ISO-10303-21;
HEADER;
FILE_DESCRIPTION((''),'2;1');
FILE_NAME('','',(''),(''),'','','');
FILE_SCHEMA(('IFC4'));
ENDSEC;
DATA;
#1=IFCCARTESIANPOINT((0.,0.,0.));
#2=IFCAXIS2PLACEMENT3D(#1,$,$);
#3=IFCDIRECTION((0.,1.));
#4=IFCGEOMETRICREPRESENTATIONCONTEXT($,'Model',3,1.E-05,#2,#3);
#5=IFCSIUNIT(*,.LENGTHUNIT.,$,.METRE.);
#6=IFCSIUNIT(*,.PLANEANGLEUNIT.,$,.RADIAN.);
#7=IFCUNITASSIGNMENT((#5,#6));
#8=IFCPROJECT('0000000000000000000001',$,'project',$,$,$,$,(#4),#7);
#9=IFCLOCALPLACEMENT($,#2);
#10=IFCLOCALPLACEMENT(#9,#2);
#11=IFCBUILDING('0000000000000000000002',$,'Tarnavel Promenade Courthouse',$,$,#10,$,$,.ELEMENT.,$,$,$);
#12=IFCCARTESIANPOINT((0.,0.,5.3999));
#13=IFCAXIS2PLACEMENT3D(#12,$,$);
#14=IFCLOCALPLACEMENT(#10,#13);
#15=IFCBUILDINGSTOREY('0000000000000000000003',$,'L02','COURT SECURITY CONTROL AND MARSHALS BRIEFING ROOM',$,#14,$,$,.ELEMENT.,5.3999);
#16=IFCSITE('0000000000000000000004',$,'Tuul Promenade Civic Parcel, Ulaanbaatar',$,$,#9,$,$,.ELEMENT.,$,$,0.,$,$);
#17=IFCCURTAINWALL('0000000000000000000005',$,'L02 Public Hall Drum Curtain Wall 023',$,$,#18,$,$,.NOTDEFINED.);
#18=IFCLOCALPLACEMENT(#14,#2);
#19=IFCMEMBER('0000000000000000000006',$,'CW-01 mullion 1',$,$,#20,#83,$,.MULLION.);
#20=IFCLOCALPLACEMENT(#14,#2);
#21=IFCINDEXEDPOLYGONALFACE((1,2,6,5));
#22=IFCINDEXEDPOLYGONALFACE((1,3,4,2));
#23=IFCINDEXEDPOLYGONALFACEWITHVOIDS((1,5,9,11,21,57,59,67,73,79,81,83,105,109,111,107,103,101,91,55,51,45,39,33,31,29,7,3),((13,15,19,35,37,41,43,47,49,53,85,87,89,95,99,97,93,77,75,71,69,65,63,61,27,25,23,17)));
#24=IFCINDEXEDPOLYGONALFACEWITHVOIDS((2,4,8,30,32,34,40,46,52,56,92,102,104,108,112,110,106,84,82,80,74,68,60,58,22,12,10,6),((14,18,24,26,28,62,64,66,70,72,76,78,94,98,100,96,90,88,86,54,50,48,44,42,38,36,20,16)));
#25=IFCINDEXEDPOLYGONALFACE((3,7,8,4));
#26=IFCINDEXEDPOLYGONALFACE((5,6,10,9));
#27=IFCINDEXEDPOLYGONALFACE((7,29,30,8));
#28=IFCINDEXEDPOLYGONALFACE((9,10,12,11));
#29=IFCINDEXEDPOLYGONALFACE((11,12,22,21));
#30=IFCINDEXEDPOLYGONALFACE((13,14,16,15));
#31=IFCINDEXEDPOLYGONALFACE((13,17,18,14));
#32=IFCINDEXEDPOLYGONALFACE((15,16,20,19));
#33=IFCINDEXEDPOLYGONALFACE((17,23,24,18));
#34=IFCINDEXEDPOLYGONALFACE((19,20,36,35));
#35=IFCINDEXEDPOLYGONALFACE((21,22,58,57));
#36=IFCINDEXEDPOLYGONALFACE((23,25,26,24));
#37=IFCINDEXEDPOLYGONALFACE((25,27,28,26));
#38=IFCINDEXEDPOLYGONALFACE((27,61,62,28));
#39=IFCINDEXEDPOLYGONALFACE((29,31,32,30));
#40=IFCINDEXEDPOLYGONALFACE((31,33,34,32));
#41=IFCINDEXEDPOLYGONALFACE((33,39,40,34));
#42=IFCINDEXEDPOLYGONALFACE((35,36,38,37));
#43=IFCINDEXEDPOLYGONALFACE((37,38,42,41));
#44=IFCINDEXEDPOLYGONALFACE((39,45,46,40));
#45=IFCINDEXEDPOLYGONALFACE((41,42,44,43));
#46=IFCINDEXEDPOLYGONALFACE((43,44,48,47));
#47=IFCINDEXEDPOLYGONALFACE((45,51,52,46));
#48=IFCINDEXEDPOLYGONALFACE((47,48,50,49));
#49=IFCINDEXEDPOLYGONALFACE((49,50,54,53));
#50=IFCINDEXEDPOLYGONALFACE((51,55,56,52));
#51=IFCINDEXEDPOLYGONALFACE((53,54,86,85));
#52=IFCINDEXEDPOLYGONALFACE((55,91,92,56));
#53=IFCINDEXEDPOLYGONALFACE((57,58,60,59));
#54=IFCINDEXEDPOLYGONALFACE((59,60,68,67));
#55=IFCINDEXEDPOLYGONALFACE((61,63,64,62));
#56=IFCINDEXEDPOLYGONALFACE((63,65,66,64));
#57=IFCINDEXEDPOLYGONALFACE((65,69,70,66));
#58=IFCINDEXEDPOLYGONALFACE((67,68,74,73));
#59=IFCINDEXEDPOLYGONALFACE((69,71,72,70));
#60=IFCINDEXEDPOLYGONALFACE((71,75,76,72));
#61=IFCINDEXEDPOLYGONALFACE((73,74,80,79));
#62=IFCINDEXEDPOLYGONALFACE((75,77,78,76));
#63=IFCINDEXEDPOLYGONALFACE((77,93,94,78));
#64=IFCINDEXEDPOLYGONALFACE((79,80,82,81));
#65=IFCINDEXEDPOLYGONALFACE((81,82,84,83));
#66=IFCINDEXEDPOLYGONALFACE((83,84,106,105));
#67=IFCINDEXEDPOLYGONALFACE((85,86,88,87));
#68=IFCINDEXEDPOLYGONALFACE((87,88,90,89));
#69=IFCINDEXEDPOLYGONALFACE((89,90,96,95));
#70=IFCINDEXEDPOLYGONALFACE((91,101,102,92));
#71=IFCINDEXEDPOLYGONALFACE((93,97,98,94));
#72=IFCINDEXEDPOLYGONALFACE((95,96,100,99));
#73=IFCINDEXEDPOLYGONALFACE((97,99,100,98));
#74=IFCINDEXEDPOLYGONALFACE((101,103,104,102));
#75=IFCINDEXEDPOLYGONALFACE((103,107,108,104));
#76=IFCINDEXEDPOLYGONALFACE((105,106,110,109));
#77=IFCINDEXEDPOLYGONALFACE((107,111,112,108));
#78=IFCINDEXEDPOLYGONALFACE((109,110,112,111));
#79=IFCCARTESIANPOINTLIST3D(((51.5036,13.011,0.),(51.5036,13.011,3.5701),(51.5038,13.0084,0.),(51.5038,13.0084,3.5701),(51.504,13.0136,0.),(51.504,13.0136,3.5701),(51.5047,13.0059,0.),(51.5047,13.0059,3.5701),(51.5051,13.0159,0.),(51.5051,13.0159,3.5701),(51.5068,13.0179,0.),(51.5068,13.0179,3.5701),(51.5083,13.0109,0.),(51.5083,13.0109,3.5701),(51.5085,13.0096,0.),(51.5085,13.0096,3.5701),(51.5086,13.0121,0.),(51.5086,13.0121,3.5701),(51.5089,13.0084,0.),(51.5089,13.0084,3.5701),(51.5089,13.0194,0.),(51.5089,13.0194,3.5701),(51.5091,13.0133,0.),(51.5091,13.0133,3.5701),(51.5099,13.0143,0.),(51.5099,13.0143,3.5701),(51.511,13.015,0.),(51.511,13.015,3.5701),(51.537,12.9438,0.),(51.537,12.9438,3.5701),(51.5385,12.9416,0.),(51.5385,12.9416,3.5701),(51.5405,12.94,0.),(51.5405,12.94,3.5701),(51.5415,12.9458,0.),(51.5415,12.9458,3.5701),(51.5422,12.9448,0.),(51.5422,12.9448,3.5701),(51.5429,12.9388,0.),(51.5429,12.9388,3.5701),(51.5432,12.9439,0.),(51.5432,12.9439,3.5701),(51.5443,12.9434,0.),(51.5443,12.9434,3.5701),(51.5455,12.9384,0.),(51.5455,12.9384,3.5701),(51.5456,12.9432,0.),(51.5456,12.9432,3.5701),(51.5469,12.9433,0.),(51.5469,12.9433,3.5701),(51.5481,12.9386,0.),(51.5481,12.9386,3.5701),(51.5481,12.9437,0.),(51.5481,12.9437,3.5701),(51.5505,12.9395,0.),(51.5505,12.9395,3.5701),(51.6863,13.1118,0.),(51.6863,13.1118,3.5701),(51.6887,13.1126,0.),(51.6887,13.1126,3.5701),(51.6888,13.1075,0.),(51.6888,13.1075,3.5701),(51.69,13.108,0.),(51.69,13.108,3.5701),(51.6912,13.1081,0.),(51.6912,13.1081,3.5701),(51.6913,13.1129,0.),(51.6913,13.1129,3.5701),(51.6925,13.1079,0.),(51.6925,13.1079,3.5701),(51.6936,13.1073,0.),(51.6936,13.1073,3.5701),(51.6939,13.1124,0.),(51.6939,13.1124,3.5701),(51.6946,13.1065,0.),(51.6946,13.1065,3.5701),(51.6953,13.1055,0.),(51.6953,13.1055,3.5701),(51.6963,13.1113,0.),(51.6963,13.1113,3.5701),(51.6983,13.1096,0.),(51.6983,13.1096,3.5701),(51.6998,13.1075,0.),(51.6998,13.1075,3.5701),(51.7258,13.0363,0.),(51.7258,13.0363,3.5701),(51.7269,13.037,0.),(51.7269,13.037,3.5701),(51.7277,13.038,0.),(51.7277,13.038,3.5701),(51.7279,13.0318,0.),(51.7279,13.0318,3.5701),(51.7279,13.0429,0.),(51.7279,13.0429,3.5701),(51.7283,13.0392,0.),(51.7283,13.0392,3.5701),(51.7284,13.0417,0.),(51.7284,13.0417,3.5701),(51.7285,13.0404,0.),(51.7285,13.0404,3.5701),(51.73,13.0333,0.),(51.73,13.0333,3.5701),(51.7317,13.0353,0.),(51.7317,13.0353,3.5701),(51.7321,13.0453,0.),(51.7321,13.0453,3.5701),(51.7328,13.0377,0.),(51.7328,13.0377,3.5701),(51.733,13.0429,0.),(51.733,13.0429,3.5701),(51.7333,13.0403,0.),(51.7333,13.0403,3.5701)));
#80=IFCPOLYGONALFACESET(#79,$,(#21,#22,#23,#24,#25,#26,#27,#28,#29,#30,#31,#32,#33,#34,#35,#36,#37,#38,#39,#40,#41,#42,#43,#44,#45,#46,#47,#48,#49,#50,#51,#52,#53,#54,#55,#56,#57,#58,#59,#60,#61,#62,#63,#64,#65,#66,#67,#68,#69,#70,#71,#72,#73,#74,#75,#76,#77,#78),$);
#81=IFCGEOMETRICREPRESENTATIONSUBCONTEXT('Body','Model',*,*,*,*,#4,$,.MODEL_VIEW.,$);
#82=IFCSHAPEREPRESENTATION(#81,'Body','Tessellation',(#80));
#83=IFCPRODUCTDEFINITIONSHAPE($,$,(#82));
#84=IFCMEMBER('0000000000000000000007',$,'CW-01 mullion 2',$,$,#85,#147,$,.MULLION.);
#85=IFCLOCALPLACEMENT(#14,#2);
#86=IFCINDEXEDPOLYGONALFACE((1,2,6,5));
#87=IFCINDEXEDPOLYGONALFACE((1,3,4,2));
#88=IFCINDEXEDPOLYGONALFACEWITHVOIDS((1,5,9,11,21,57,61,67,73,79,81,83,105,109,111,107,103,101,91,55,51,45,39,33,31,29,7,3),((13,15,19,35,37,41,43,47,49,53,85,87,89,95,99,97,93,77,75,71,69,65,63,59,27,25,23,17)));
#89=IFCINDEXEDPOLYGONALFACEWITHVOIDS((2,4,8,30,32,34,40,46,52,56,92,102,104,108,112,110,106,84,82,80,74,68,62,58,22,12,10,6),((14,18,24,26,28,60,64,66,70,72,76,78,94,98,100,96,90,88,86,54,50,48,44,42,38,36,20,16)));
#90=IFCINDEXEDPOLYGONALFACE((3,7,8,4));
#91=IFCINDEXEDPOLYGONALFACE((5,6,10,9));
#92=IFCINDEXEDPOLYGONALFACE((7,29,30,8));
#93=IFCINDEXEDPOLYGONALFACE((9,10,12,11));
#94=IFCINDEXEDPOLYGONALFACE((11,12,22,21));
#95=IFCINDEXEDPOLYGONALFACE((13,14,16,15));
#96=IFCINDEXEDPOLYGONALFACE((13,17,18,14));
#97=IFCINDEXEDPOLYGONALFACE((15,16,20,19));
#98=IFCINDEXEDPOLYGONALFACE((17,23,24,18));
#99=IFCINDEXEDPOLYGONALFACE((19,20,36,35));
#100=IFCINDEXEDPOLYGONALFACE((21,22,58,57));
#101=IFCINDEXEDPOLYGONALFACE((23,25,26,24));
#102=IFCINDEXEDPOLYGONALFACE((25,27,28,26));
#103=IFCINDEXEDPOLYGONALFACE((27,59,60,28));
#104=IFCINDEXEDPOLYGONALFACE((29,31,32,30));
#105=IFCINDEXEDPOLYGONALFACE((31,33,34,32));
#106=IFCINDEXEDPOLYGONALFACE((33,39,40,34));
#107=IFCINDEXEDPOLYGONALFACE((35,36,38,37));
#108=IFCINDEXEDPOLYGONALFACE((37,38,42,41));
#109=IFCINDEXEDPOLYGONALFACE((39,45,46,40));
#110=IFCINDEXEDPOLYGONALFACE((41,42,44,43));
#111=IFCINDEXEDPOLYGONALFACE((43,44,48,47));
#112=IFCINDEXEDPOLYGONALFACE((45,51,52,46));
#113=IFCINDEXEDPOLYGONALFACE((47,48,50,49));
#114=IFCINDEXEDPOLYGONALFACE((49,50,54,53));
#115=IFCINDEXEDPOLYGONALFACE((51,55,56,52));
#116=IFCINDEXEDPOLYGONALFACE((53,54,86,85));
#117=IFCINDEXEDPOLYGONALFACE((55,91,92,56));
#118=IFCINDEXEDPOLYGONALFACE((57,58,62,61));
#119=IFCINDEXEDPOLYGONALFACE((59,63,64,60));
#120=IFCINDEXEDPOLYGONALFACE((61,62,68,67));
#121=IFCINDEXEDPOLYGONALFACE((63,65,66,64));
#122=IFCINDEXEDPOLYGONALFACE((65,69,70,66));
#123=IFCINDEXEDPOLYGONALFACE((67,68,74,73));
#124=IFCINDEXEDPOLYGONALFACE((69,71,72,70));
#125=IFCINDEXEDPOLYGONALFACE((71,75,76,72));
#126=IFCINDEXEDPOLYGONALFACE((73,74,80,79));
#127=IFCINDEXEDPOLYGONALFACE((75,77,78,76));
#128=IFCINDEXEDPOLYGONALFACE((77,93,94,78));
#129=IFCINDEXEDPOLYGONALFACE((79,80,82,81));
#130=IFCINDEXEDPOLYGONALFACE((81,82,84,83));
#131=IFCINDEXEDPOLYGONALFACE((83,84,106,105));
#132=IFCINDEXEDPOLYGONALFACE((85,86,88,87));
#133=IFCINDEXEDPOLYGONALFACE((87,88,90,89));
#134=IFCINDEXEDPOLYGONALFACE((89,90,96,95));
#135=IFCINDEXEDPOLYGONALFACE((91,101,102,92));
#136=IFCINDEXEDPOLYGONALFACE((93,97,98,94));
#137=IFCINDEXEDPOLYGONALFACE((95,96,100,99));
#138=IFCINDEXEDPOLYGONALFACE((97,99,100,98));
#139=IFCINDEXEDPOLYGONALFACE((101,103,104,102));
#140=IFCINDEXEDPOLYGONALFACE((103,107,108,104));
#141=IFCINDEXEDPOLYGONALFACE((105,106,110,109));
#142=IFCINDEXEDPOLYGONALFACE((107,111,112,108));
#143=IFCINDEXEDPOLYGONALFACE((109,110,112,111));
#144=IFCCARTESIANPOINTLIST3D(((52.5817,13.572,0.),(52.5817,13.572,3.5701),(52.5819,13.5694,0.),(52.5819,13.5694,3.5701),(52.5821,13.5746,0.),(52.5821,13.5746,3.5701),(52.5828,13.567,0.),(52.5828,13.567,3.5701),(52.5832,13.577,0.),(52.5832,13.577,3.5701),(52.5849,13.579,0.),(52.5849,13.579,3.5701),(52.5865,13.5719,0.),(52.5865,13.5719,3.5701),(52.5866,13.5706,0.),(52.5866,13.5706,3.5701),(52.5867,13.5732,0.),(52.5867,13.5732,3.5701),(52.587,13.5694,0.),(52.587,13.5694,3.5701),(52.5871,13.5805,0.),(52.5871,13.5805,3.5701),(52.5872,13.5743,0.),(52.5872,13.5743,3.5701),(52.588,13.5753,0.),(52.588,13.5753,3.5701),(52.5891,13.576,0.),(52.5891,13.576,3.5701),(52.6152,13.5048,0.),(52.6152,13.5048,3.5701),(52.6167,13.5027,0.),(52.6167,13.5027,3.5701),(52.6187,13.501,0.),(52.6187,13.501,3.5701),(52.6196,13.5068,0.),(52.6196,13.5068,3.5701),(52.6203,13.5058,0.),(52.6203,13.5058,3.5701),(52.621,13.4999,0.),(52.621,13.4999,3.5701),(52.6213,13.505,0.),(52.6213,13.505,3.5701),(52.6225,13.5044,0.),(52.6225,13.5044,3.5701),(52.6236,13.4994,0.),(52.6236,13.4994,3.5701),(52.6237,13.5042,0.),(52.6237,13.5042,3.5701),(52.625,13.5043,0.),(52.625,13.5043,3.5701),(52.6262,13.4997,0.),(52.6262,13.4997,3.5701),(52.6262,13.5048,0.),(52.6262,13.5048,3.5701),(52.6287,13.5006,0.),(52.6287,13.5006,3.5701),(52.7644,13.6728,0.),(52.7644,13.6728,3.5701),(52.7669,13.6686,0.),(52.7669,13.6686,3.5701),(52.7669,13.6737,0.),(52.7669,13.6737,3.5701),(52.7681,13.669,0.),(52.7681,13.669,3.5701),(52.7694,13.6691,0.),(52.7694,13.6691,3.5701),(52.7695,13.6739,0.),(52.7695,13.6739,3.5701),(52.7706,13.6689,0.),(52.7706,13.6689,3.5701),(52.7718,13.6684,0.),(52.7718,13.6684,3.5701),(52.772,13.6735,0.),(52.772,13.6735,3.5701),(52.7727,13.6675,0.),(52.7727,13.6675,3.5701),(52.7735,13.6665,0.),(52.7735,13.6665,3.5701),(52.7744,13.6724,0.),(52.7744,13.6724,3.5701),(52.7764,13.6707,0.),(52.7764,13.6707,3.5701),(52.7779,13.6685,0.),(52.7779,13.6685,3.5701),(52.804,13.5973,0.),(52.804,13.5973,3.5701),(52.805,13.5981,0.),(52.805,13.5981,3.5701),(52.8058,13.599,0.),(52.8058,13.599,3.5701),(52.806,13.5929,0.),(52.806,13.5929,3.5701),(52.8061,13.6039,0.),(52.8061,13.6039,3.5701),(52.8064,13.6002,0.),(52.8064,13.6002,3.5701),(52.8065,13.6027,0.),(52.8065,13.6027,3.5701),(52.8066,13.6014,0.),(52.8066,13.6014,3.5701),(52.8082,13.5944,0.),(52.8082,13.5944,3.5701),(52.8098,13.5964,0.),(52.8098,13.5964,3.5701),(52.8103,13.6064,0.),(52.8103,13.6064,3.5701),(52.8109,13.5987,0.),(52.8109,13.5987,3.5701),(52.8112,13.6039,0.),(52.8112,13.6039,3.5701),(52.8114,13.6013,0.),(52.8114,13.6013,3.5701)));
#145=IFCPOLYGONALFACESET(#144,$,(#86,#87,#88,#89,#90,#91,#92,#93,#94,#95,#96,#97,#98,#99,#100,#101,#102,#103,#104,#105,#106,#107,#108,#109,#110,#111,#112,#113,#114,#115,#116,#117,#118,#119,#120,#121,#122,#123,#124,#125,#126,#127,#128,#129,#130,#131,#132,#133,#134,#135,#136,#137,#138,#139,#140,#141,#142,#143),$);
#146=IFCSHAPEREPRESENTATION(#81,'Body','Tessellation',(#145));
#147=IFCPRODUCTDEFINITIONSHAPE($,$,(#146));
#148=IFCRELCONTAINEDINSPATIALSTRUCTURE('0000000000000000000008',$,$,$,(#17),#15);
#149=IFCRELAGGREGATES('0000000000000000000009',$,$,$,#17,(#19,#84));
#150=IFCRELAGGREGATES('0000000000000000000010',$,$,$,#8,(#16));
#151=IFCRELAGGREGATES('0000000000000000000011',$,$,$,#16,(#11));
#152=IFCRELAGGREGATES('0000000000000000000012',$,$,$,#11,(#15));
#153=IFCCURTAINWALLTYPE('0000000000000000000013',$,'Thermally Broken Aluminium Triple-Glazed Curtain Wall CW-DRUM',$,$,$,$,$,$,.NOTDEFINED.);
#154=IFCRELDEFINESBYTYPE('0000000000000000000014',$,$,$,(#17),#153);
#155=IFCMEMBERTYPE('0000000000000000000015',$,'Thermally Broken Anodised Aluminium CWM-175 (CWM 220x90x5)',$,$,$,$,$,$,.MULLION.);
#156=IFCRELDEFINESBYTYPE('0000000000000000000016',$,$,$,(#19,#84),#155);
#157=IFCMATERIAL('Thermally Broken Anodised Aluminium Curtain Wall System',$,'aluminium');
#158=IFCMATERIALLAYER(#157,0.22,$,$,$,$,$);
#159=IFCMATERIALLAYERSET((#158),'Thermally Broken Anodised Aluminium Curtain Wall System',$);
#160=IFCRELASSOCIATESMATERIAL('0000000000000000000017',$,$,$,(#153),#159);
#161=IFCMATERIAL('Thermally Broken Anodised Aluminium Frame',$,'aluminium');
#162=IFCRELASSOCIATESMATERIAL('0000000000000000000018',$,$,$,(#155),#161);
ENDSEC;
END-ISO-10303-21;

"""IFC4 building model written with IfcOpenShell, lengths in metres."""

from ifc_helpers import new_model, si_unit, direction, frame, origin, origin_2d, place, context, subcontext, project, spatial, hollow_rectangle, extrude, material, layer, layer_set, material_profile, profile_set, type_object, element, aggregate, save


model = new_model("IFC4")

# Units and contexts
model_context = context("Model", 3, precision=1e-05, world=origin(), true_north=direction((0.0, 1.0)))
body_context = subcontext(model_context, "Body", "Model", "MODEL_VIEW")
ifc_project = project(units=[si_unit("LENGTHUNIT", "METRE"), si_unit("PLANEANGLEUNIT", "RADIAN")], contexts=[model_context])

# Site, building, storey
site_placement = place(None, origin())
site = spatial("IfcSite", under=ifc_project, at=site_placement, Name="Tuul Promenade Civic Parcel, Ulaanbaatar", CompositionType="ELEMENT", RefElevation=0.0)
building_placement = place(site_placement, origin())
building = spatial("IfcBuilding", under=site, at=building_placement, Name="Tarnavel Promenade Courthouse", CompositionType="ELEMENT")
storey_placement = place(building_placement, frame((0.0, 0.0, 5.3999)))
storey = spatial("IfcBuildingStorey", under=building, at=storey_placement, Name="L02", Description="COURT SECURITY CONTROL AND MARSHALS BRIEFING ROOM", CompositionType="ELEMENT", Elevation=5.3999)

# Curtain wall, members
ifc_material_1 = material(Name="Thermally Broken Anodised Aluminium Curtain Wall System", Category="aluminium")
ifc_layer_1 = layer(ifc_material_1, 0.22)
ifc_layer_set_1 = layer_set([ifc_layer_1], Name="Thermally Broken Anodised Aluminium Curtain Wall System")
curtain_wall_type = type_object("IfcCurtainWallType", Name="Thermally Broken Aluminium Triple-Glazed Curtain Wall CW-DRUM", PredefinedType="NOTDEFINED", material=ifc_layer_set_1)
ifc_material_2 = material(Name="Thermally Broken Anodised Aluminium Frame", Category="aluminium")
ifc_material_profile_1 = material_profile(ifc_material_2, hollow_rectangle(XDim=0.0901, YDim=0.22, WallThickness=0.0049, InnerFilletRadius=0.0049, OuterFilletRadius=0.01, at=origin_2d()), Name="CWM 220x90x5")
ifc_profile_set_1 = profile_set([ifc_material_profile_1], Name="Thermally Broken Anodised Aluminium Frame")
member_type_1 = type_object("IfcMemberType", Name="Thermally Broken Anodised Aluminium CWM-175 (CWM 220x90x5)", PredefinedType="MULLION", material=ifc_profile_set_1)
curtain_wall_1_placement = place(storey_placement, origin())
curtain_wall_1 = element("IfcCurtainWall", 1, at=curtain_wall_1_placement, inside=storey, type_object=curtain_wall_type, Name="L02 Public Hall Drum Curtain Wall 023", PredefinedType="NOTDEFINED")
member_1_placement = place(storey_placement, frame((51.6184, 13.0256, 0.0), z_axis=(0.0, 0.0, 1.0), x_axis=(-0.461747, 0.887011, 0.0)))
member_1 = element("IfcMember", 2, at=member_1_placement, type_object=member_type_1, Name="CW-01 mullion 1", PredefinedType="MULLION", context=body_context, shape_type="SweptSolid", body=[
    extrude(hollow_rectangle(XDim=0.0901, YDim=0.22, WallThickness=0.0049, InnerFilletRadius=0.0049, OuterFilletRadius=0.01, at=origin_2d()), origin(), (0.0, 0.0, 1.0), 3.5701),
])
member_2_placement = place(storey_placement, frame((52.6965, 13.5867, 0.0), z_axis=(0.0, 0.0, 1.0), x_axis=(-0.461747, 0.887011, 0.0)))
member_2 = element("IfcMember", 3, at=member_2_placement, type_object=member_type_1, Name="CW-01 mullion 2", PredefinedType="MULLION", context=body_context, shape_type="SweptSolid", body=[
    extrude(hollow_rectangle(XDim=0.0901, YDim=0.22, WallThickness=0.0049, InnerFilletRadius=0.0049, OuterFilletRadius=0.01, at=origin_2d()), origin(), (0.0, 0.0, 1.0), 3.5701),
])

aggregate(curtain_wall_1, [member_1, member_2])

save(model, "model.ifc")
